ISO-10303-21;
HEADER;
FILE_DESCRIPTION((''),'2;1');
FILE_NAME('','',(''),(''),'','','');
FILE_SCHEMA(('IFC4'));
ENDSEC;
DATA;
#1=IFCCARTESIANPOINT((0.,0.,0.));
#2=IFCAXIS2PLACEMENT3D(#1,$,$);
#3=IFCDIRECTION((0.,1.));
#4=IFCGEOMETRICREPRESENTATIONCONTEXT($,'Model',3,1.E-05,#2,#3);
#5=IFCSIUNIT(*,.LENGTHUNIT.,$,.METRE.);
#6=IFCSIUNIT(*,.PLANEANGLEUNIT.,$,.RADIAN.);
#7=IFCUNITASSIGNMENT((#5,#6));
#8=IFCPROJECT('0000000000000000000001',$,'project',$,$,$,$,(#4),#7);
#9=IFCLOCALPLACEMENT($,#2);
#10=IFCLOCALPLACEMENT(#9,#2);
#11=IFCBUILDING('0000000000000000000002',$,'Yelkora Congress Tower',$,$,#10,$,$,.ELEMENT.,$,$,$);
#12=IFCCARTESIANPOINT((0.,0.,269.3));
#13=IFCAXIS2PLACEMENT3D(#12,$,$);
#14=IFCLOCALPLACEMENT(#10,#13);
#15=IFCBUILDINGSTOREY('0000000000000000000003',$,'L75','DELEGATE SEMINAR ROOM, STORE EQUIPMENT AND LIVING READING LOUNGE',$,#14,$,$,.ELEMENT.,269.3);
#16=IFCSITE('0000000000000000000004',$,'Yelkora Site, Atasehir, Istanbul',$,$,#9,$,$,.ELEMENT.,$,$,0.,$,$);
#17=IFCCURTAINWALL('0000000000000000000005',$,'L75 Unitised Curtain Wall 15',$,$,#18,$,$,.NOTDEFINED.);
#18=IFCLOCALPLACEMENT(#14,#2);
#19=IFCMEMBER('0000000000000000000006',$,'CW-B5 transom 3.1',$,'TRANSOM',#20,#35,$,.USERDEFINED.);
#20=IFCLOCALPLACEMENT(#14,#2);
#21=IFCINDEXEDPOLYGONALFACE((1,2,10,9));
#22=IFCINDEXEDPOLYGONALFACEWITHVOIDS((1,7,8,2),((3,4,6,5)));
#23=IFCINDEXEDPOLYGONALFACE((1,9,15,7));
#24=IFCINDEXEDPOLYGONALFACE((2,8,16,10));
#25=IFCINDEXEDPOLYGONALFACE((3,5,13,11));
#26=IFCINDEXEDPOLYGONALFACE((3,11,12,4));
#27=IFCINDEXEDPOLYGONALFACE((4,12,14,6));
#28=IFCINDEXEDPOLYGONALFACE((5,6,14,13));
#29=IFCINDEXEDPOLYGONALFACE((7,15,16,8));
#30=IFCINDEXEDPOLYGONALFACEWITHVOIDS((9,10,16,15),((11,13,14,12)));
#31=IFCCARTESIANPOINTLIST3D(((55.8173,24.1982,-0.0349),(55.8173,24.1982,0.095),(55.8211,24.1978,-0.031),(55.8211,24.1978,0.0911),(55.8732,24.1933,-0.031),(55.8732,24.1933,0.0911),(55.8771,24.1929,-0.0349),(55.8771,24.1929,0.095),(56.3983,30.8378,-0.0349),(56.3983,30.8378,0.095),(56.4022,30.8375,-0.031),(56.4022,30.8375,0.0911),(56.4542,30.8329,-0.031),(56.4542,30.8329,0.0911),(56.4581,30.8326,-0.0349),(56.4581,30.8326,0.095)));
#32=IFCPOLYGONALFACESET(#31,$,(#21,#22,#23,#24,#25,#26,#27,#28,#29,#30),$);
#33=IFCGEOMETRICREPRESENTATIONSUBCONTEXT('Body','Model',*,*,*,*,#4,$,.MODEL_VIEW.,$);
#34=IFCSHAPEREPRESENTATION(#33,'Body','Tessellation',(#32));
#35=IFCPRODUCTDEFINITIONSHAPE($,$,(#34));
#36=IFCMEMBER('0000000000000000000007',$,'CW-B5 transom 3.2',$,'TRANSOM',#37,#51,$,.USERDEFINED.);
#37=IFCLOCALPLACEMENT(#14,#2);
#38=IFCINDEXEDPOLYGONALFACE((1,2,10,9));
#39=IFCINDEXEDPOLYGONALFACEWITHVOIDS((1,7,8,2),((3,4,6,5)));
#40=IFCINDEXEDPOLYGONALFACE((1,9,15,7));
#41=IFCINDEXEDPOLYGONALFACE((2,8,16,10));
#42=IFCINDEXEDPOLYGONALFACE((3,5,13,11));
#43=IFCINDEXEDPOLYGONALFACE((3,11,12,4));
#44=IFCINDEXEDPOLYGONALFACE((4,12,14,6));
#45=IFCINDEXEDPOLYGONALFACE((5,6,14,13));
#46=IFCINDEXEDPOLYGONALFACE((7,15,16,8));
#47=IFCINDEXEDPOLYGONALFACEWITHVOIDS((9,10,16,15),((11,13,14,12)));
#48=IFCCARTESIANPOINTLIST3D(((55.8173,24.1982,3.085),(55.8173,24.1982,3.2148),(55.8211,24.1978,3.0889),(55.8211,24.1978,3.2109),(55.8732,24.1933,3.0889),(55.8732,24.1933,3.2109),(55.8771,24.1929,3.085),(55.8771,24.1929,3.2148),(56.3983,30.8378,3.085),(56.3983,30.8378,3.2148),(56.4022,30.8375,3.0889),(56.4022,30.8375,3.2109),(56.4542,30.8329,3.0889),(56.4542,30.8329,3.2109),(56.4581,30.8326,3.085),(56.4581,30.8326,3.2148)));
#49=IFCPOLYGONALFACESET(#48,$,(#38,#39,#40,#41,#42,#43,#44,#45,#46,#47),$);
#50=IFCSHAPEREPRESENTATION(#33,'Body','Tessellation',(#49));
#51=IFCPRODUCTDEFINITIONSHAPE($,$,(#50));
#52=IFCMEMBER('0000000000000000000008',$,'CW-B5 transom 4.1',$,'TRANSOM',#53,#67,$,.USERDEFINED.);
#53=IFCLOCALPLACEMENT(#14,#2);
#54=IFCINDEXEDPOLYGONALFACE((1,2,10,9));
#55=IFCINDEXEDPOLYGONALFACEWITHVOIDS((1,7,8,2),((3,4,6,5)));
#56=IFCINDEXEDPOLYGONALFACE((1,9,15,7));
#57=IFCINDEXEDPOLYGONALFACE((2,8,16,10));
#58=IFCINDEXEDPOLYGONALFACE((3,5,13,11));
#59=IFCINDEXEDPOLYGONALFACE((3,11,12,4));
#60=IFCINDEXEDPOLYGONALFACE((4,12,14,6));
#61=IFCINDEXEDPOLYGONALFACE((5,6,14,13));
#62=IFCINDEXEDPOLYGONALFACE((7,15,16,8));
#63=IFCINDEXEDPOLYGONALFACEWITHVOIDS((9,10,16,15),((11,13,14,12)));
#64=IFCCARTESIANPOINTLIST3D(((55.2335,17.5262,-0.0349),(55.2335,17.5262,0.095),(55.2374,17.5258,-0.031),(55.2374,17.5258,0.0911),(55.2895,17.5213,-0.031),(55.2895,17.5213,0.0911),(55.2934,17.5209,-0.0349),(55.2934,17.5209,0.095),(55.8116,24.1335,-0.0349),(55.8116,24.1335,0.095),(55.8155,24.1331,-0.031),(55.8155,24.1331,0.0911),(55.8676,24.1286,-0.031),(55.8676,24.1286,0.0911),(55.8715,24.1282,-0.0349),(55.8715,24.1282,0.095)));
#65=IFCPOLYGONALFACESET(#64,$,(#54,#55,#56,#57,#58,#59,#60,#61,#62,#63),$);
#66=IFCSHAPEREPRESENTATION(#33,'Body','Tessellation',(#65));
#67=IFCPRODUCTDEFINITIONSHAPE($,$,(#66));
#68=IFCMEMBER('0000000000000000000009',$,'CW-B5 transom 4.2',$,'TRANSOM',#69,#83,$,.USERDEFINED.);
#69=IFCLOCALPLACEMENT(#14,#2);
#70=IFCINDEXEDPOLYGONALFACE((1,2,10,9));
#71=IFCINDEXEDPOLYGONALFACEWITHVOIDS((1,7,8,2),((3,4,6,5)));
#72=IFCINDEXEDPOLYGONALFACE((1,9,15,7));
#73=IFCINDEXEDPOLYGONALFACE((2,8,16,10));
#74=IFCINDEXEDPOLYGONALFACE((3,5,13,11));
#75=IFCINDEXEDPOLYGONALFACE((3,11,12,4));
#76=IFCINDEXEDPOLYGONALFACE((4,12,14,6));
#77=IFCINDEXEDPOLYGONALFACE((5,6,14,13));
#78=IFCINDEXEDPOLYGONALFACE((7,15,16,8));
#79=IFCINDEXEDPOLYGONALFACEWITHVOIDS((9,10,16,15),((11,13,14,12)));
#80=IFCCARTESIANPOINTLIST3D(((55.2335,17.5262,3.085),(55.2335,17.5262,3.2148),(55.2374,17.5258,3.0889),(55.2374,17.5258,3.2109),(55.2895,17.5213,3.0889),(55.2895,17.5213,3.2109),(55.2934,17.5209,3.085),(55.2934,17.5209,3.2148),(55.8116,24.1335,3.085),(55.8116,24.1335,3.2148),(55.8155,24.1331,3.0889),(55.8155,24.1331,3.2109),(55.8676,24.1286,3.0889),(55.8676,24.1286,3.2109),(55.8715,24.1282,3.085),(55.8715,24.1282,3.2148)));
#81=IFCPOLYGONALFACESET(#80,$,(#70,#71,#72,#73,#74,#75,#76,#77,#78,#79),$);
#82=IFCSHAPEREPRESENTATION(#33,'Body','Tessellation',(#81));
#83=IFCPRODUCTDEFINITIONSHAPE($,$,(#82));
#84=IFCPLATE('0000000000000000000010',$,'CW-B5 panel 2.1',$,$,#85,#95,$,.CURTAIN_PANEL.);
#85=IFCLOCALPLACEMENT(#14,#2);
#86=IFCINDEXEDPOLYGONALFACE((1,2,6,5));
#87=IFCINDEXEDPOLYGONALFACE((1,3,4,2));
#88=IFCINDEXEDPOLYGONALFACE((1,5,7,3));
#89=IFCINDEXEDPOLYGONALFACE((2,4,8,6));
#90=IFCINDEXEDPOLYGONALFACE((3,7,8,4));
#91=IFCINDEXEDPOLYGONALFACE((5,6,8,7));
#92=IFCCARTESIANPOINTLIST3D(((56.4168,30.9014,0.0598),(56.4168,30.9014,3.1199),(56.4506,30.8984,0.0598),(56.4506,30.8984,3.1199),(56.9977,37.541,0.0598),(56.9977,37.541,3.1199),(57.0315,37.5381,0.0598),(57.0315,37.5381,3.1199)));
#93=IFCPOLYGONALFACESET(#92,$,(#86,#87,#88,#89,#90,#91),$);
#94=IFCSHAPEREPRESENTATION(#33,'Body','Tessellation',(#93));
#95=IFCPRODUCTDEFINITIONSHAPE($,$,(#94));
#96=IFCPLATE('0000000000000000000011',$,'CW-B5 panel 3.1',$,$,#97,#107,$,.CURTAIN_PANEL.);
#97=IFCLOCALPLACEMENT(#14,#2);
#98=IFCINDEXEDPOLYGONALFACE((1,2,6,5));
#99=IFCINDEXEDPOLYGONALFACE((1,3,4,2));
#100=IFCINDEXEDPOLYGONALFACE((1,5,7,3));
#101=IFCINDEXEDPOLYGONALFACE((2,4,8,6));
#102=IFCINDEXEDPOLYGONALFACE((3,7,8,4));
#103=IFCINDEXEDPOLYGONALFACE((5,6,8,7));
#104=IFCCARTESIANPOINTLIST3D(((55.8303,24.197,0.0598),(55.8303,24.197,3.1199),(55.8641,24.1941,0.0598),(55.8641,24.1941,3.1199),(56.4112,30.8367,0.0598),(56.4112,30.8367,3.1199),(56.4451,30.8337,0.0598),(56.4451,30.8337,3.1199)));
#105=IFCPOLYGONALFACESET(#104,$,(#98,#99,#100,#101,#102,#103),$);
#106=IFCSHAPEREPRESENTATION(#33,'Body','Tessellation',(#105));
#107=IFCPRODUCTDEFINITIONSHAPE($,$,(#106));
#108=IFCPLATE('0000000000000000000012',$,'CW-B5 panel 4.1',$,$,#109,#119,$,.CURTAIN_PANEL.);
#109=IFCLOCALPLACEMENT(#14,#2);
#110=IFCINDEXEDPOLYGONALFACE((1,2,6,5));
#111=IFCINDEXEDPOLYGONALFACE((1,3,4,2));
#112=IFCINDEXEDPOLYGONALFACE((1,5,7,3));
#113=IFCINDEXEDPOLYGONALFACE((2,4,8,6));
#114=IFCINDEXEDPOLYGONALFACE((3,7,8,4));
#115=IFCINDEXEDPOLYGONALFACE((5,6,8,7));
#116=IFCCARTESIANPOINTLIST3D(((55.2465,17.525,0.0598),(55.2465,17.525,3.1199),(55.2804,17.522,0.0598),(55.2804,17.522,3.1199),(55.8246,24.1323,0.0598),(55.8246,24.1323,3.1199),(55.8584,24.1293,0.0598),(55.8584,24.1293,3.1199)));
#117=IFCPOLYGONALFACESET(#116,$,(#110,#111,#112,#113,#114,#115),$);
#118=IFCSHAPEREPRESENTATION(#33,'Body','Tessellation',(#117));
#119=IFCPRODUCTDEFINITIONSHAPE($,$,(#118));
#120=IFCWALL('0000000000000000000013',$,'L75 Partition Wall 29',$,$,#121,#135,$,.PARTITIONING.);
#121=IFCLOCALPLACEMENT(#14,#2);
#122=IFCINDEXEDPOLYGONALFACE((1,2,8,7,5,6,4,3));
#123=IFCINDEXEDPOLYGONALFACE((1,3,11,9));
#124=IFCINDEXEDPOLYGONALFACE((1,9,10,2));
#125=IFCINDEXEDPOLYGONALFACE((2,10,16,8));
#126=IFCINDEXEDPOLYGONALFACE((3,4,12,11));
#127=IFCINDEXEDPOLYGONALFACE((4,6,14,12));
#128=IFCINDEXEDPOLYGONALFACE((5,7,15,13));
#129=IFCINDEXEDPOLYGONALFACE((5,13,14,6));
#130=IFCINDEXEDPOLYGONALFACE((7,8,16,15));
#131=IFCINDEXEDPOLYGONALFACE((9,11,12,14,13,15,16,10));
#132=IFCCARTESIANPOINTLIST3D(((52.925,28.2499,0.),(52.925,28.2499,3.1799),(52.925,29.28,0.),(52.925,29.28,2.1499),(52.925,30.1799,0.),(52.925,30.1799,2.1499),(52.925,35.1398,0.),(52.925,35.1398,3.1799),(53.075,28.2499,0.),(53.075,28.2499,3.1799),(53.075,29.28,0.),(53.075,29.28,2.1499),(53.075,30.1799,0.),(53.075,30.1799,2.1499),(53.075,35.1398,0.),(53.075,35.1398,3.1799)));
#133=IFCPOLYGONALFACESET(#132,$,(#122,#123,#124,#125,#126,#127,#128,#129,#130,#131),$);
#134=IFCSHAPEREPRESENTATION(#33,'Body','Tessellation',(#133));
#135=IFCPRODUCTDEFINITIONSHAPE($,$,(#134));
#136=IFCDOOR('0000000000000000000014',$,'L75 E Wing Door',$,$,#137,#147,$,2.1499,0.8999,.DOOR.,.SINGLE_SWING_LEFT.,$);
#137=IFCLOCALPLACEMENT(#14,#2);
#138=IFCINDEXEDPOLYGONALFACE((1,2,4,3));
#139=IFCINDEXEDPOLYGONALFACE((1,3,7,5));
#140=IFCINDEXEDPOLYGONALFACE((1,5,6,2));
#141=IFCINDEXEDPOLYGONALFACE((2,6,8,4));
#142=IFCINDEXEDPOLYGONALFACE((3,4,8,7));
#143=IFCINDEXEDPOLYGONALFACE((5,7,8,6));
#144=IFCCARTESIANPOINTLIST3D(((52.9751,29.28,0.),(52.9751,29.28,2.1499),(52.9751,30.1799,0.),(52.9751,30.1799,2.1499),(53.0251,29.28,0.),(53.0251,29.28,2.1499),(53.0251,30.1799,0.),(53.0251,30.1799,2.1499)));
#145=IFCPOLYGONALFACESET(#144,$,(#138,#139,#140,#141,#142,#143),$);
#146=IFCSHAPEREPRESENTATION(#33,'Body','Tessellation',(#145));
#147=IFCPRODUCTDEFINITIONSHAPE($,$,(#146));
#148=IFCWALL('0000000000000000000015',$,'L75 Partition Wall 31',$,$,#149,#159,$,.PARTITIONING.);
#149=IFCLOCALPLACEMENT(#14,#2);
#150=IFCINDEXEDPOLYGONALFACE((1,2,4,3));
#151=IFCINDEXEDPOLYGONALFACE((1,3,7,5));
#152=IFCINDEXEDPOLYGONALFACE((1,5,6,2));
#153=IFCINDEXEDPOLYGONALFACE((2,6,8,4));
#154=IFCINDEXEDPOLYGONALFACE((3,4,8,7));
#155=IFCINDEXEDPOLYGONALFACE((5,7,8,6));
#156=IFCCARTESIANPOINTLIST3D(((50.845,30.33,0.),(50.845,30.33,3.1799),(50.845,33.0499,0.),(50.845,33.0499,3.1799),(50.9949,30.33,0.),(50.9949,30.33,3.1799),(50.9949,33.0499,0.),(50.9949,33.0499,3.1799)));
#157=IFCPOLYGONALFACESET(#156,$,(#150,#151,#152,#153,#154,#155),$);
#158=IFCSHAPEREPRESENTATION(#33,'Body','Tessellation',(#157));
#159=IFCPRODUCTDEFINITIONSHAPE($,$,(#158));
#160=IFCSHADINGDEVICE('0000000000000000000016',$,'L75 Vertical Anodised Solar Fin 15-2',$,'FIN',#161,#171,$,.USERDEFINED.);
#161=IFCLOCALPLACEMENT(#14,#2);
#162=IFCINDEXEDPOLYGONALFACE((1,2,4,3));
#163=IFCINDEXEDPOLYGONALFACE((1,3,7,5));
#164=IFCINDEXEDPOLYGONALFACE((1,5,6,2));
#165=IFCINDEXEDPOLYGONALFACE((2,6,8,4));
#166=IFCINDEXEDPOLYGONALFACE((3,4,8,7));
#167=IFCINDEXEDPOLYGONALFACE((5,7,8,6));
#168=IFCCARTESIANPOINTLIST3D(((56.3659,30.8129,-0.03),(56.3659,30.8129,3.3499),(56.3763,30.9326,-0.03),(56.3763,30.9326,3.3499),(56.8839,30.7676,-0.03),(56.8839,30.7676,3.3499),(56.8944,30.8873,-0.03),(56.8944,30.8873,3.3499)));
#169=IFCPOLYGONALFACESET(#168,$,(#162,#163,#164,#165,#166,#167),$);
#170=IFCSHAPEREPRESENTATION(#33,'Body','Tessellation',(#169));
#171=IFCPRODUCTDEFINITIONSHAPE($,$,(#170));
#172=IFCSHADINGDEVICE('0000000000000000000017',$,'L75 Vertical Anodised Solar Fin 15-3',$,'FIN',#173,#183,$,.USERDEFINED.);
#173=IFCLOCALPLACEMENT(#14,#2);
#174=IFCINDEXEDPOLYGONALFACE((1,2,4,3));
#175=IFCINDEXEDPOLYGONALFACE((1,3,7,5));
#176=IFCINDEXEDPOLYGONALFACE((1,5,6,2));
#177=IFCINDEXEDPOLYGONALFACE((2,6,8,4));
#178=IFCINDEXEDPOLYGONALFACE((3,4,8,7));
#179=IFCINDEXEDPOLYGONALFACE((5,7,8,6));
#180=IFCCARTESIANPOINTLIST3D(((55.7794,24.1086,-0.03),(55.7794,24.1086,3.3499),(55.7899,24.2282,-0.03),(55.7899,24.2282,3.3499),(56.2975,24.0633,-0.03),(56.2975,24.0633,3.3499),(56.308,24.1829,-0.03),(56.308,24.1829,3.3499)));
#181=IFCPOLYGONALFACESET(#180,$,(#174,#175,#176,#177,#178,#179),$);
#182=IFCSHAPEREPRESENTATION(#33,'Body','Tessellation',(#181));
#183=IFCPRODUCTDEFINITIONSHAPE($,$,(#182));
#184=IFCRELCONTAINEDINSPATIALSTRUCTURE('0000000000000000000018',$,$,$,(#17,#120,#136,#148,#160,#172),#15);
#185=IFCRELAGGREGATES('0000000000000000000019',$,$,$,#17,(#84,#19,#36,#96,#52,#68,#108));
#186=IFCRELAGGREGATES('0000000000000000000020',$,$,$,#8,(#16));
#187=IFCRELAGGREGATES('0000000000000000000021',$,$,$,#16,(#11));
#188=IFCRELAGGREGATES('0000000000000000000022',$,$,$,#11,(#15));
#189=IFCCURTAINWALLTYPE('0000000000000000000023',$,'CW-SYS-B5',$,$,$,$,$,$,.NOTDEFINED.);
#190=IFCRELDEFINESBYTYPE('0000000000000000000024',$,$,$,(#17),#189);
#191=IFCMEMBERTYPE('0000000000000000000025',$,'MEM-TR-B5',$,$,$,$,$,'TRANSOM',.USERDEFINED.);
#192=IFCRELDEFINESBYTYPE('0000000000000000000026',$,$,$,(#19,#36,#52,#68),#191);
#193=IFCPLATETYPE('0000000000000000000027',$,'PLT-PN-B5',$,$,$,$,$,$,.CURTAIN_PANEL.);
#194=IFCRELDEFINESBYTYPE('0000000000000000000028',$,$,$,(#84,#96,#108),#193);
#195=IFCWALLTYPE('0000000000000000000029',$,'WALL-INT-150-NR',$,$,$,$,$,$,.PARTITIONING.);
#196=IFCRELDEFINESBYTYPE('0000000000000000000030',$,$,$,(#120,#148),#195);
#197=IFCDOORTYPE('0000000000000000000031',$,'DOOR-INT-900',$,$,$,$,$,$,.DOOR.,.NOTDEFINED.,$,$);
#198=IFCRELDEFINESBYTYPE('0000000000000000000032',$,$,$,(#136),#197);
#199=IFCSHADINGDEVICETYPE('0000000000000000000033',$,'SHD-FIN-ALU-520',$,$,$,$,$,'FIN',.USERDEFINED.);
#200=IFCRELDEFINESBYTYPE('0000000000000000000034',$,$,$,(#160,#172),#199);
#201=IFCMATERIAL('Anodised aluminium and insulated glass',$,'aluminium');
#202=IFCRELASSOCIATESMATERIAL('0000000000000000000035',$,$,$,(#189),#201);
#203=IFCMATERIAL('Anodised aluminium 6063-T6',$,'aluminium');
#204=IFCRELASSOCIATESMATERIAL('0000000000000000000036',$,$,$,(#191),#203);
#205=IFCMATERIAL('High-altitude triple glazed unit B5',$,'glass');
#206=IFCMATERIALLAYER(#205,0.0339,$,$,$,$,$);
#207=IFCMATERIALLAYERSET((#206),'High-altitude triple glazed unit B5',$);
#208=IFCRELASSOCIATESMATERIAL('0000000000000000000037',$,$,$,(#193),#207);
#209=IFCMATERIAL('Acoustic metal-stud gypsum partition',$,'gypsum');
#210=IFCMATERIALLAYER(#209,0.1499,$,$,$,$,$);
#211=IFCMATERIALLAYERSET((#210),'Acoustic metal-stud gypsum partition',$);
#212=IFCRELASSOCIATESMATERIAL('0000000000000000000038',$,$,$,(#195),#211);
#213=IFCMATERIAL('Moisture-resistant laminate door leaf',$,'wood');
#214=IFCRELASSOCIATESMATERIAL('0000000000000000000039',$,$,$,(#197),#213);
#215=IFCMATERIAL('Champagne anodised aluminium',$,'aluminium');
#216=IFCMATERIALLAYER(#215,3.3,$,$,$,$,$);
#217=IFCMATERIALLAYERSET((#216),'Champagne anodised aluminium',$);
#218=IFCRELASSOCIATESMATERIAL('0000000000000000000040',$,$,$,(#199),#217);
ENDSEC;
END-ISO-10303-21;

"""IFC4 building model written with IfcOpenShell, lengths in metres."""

from ifc_helpers import new_model, si_unit, direction, frame, frame_2d, origin, origin_2d, place, context, subcontext, project, spatial, rectangle, hollow_rectangle, extrude, material, layer, layer_set, material_profile, profile_set, type_object, element, fill, aggregate, save


model = new_model("IFC4")

# Units and contexts
model_context = context("Model", 3, precision=1e-05, world=origin(), true_north=direction((0.0, 1.0)))
body_context = subcontext(model_context, "Body", "Model", "MODEL_VIEW")
ifc_project = project(units=[si_unit("LENGTHUNIT", "METRE"), si_unit("PLANEANGLEUNIT", "RADIAN")], contexts=[model_context])

# Site, building, storey
site_placement = place(None, origin())
site = spatial("IfcSite", under=ifc_project, at=site_placement, Name="Yelkora Site, Atasehir, Istanbul", CompositionType="ELEMENT", RefElevation=0.0)
building_placement = place(site_placement, origin())
building = spatial("IfcBuilding", under=site, at=building_placement, Name="Yelkora Congress Tower", CompositionType="ELEMENT")
storey_placement = place(building_placement, frame((0.0, 0.0, 269.3)))
storey = spatial("IfcBuildingStorey", under=building, at=storey_placement, Name="L75", Description="DELEGATE SEMINAR ROOM, STORE EQUIPMENT AND LIVING READING LOUNGE", CompositionType="ELEMENT", Elevation=269.3)

# Curtain wall, members, plates
ifc_material_1 = material(Name="Anodised aluminium and insulated glass", Category="aluminium")
curtain_wall_type = type_object("IfcCurtainWallType", Name="CW-SYS-B5", PredefinedType="NOTDEFINED", material=ifc_material_1)
curtain_wall_placement = place(storey_placement, origin())
curtain_wall = element("IfcCurtainWall", 1, at=curtain_wall_placement, inside=storey, type_object=curtain_wall_type, Name="L75 Unitised Curtain Wall 15", PredefinedType="NOTDEFINED")
ifc_material_2 = material(Name="Anodised aluminium 6063-T6", Category="aluminium")
ifc_material_profile_1 = material_profile(ifc_material_2, hollow_rectangle(XDim=0.0601, YDim=0.1299, WallThickness=0.0039, at=origin_2d()), Name="ALU 60x130x4")
ifc_profile_set_1 = profile_set([ifc_material_profile_1], Name="Anodised aluminium 6063-T6")
member_type_1 = type_object("IfcMemberType", Name="MEM-TR-B5", ElementType="TRANSOM", PredefinedType="USERDEFINED", material=ifc_profile_set_1)
member_1_placement = place(storey_placement, frame((56.4282, 30.8352, 0.03), z_axis=(-0.08718, -0.996193, 0.0), x_axis=(0.996193, -0.08718, 0.0)))
member_1 = element("IfcMember", 2, at=member_1_placement, type_object=member_type_1, Name="CW-B5 transom 3.1", ObjectType="TRANSOM", PredefinedType="USERDEFINED", context=body_context, shape_type="SweptSolid", body=[
    extrude(hollow_rectangle(XDim=0.0601, YDim=0.1299, WallThickness=0.0039, at=origin_2d()), origin(), (0.0, 0.0, 1.0), 6.665),
])
member_2_placement = place(storey_placement, frame((56.4282, 30.8352, 3.1499), z_axis=(-0.08718, -0.996193, 0.0), x_axis=(0.996193, -0.08718, 0.0)))
member_2 = element("IfcMember", 3, at=member_2_placement, type_object=member_type_1, Name="CW-B5 transom 3.2", ObjectType="TRANSOM", PredefinedType="USERDEFINED", context=body_context, shape_type="SweptSolid", body=[
    extrude(hollow_rectangle(XDim=0.0601, YDim=0.1299, WallThickness=0.0039, at=origin_2d()), origin(), (0.0, 0.0, 1.0), 6.665),
])
member_3_placement = place(storey_placement, frame((55.8416, 24.1309, 0.03), z_axis=(-0.087163, -0.996194, 0.0), x_axis=(0.996194, -0.087163, 0.0)))
member_3 = element("IfcMember", 4, at=member_3_placement, type_object=member_type_1, Name="CW-B5 transom 4.1", ObjectType="TRANSOM", PredefinedType="USERDEFINED", context=body_context, shape_type="SweptSolid", body=[
    extrude(hollow_rectangle(XDim=0.0601, YDim=0.1299, WallThickness=0.0039, at=origin_2d()), origin(), (0.0, 0.0, 1.0), 6.6326),
])
member_4_placement = place(storey_placement, frame((55.8416, 24.1309, 3.1499), z_axis=(-0.087163, -0.996194, 0.0), x_axis=(0.996194, -0.087163, 0.0)))
member_4 = element("IfcMember", 5, at=member_4_placement, type_object=member_type_1, Name="CW-B5 transom 4.2", ObjectType="TRANSOM", PredefinedType="USERDEFINED", context=body_context, shape_type="SweptSolid", body=[
    extrude(hollow_rectangle(XDim=0.0601, YDim=0.1299, WallThickness=0.0039, at=origin_2d()), origin(), (0.0, 0.0, 1.0), 6.6326),
])
ifc_material_3 = material(Name="High-altitude triple glazed unit B5", Category="glass")
ifc_layer_1 = layer(ifc_material_3, 0.0339)
ifc_layer_set_1 = layer_set([ifc_layer_1], Name="High-altitude triple glazed unit B5")
plate_type = type_object("IfcPlateType", Name="PLT-PN-B5", PredefinedType="CURTAIN_PANEL", material=ifc_layer_set_1)
plate_1_placement = place(storey_placement, frame((56.7241, 34.2197, 0.0598), z_axis=(0.0, 0.0, 1.0), x_axis=(-0.087158, -0.996194, 0.0)))
plate_1 = element("IfcPlate", 6, at=plate_1_placement, type_object=plate_type, Name="CW-B5 panel 2.1", PredefinedType="CURTAIN_PANEL", context=body_context, shape_type="SweptSolid", body=[
    extrude(rectangle(XDim=6.665, YDim=0.0339, at=origin_2d()), origin(), (0.0, 0.0, 1.0), 3.0601),
])
plate_2_placement = place(storey_placement, frame((56.1377, 27.5154, 0.0598), z_axis=(0.0, 0.0, 1.0), x_axis=(-0.087158, -0.996194, 0.0)))
plate_2 = element("IfcPlate", 7, at=plate_2_placement, type_object=plate_type, Name="CW-B5 panel 3.1", PredefinedType="CURTAIN_PANEL", context=body_context, shape_type="SweptSolid", body=[
    extrude(rectangle(XDim=6.665, YDim=0.0339, at=origin_2d()), origin(), (0.0, 0.0, 1.0), 3.0601),
])
plate_3_placement = place(storey_placement, frame((55.5525, 20.8271, 0.0598), z_axis=(0.0, 0.0, 1.0), x_axis=(-0.087158, -0.996194, 0.0)))
plate_3 = element("IfcPlate", 8, at=plate_3_placement, type_object=plate_type, Name="CW-B5 panel 4.1", PredefinedType="CURTAIN_PANEL", context=body_context, shape_type="SweptSolid", body=[
    extrude(rectangle(XDim=6.6326, YDim=0.0339, at=origin_2d()), origin(), (0.0, 0.0, 1.0), 3.0601),
])
aggregate(curtain_wall, [plate_1, member_1, member_2, plate_2, member_3, member_4, plate_3])

# Wall, opening, door
ifc_material_4 = material(Name="Acoustic metal-stud gypsum partition", Category="gypsum")
ifc_layer_2 = layer(ifc_material_4, 0.1499)
ifc_layer_set_2 = layer_set([ifc_layer_2], Name="Acoustic metal-stud gypsum partition")
wall_type = type_object("IfcWallType", Name="WALL-INT-150-NR", PredefinedType="PARTITIONING", material=ifc_layer_set_2)
wall_1_placement = place(storey_placement, frame((53.0, 28.25, 0.0), z_axis=(0.0, 0.0, 1.0), x_axis=(0.0, 1.0, 0.0)))
wall_1 = element("IfcWall", 9, at=wall_1_placement, inside=storey, type_object=wall_type, Name="L75 Partition Wall 29", PredefinedType="PARTITIONING", context=body_context, shape_type="SweptSolid", body=[
    extrude(rectangle(XDim=6.8899, YDim=0.1499, at=frame_2d((3.4448, 0.0))), origin(), (0.0, 0.0, 1.0), 3.1799),
])
opening_placement = place(wall_1_placement, frame((1.03, 0.0, 0.0)))
opening = element("IfcOpeningElement", 10, at=opening_placement, cuts=wall_1, PredefinedType="OPENING", context=body_context, shape_type="SweptSolid", body=[
    extrude(rectangle(XDim=0.8999, YDim=2.1499, at=frame_2d((0.45, 1.075))), frame((0.0, 0.085, 0.0), z_axis=(0.0, -1.0, 0.0), x_axis=(1.0, 0.0, 0.0)), (0.0, 0.0, 1.0), 0.1699),
])
ifc_material_5 = material(Name="Moisture-resistant laminate door leaf", Category="wood")
door_type = type_object("IfcDoorType", Name="DOOR-INT-900", OperationType="NOTDEFINED", PredefinedType="DOOR", material=ifc_material_5)
door_placement = place(opening_placement, origin())
door = element("IfcDoor", 11, at=door_placement, inside=storey, type_object=door_type, Name="L75 E Wing Door", OperationType="SINGLE_SWING_LEFT", OverallHeight=2.1499, OverallWidth=0.8999, PredefinedType="DOOR", context=body_context, shape_type="SweptSolid", body=[
    extrude(rectangle(XDim=0.8999, YDim=2.1499, at=frame_2d((0.45, 1.075))), frame((0.0, 0.0249, 0.0), z_axis=(0.0, -1.0, 0.0), x_axis=(1.0, 0.0, 0.0)), (0.0, 0.0, 1.0), 0.05),
])
fill(opening, door)

# Wall
wall_2_placement = place(storey_placement, frame((50.9199, 30.3301, 0.0), z_axis=(0.0, 0.0, 1.0), x_axis=(0.0, 1.0, 0.0)))
element("IfcWall", 12, at=wall_2_placement, inside=storey, type_object=wall_type, Name="L75 Partition Wall 31", PredefinedType="PARTITIONING", context=body_context, shape_type="SweptSolid", body=[
    extrude(rectangle(XDim=2.72, YDim=0.1499, at=frame_2d((1.3599, 0.0))), origin(), (0.0, 0.0, 1.0), 3.1799),
])

# Shading devices
ifc_material_6 = material(Name="Champagne anodised aluminium", Category="aluminium")
ifc_layer_3 = layer(ifc_material_6, 3.3)
ifc_layer_set_3 = layer_set([ifc_layer_3], Name="Champagne anodised aluminium")
shading_device_type = type_object("IfcShadingDeviceType", Name="SHD-FIN-ALU-520", ElementType="FIN", PredefinedType="USERDEFINED", material=ifc_layer_set_3)
for number, where, z_axis, x_axis, name in (
    (13, (56.6301, 30.8501, -0.03), (0.0, 0.0, 1.0), (-0.087156, -0.996195, 0.0), "L75 Vertical Anodised Solar Fin 15-2"),
    (14, (56.0437, 24.1458, -0.03), (0.0, 0.0, 1.0), (-0.087156, -0.996195, 0.0), "L75 Vertical Anodised Solar Fin 15-3"),
):
    element("IfcShadingDevice", number, at=place(storey_placement, frame(where, z_axis=z_axis, x_axis=x_axis)), inside=storey, type_object=shading_device_type, Name=name, ObjectType="FIN", PredefinedType="USERDEFINED", context=body_context, shape_type="SweptSolid", body=[
        extrude(rectangle(XDim=0.1201, YDim=0.52, at=origin_2d()), origin(), (0.0, 0.0, 1.0), 3.3799),
    ])

save(model, "model.ifc")
